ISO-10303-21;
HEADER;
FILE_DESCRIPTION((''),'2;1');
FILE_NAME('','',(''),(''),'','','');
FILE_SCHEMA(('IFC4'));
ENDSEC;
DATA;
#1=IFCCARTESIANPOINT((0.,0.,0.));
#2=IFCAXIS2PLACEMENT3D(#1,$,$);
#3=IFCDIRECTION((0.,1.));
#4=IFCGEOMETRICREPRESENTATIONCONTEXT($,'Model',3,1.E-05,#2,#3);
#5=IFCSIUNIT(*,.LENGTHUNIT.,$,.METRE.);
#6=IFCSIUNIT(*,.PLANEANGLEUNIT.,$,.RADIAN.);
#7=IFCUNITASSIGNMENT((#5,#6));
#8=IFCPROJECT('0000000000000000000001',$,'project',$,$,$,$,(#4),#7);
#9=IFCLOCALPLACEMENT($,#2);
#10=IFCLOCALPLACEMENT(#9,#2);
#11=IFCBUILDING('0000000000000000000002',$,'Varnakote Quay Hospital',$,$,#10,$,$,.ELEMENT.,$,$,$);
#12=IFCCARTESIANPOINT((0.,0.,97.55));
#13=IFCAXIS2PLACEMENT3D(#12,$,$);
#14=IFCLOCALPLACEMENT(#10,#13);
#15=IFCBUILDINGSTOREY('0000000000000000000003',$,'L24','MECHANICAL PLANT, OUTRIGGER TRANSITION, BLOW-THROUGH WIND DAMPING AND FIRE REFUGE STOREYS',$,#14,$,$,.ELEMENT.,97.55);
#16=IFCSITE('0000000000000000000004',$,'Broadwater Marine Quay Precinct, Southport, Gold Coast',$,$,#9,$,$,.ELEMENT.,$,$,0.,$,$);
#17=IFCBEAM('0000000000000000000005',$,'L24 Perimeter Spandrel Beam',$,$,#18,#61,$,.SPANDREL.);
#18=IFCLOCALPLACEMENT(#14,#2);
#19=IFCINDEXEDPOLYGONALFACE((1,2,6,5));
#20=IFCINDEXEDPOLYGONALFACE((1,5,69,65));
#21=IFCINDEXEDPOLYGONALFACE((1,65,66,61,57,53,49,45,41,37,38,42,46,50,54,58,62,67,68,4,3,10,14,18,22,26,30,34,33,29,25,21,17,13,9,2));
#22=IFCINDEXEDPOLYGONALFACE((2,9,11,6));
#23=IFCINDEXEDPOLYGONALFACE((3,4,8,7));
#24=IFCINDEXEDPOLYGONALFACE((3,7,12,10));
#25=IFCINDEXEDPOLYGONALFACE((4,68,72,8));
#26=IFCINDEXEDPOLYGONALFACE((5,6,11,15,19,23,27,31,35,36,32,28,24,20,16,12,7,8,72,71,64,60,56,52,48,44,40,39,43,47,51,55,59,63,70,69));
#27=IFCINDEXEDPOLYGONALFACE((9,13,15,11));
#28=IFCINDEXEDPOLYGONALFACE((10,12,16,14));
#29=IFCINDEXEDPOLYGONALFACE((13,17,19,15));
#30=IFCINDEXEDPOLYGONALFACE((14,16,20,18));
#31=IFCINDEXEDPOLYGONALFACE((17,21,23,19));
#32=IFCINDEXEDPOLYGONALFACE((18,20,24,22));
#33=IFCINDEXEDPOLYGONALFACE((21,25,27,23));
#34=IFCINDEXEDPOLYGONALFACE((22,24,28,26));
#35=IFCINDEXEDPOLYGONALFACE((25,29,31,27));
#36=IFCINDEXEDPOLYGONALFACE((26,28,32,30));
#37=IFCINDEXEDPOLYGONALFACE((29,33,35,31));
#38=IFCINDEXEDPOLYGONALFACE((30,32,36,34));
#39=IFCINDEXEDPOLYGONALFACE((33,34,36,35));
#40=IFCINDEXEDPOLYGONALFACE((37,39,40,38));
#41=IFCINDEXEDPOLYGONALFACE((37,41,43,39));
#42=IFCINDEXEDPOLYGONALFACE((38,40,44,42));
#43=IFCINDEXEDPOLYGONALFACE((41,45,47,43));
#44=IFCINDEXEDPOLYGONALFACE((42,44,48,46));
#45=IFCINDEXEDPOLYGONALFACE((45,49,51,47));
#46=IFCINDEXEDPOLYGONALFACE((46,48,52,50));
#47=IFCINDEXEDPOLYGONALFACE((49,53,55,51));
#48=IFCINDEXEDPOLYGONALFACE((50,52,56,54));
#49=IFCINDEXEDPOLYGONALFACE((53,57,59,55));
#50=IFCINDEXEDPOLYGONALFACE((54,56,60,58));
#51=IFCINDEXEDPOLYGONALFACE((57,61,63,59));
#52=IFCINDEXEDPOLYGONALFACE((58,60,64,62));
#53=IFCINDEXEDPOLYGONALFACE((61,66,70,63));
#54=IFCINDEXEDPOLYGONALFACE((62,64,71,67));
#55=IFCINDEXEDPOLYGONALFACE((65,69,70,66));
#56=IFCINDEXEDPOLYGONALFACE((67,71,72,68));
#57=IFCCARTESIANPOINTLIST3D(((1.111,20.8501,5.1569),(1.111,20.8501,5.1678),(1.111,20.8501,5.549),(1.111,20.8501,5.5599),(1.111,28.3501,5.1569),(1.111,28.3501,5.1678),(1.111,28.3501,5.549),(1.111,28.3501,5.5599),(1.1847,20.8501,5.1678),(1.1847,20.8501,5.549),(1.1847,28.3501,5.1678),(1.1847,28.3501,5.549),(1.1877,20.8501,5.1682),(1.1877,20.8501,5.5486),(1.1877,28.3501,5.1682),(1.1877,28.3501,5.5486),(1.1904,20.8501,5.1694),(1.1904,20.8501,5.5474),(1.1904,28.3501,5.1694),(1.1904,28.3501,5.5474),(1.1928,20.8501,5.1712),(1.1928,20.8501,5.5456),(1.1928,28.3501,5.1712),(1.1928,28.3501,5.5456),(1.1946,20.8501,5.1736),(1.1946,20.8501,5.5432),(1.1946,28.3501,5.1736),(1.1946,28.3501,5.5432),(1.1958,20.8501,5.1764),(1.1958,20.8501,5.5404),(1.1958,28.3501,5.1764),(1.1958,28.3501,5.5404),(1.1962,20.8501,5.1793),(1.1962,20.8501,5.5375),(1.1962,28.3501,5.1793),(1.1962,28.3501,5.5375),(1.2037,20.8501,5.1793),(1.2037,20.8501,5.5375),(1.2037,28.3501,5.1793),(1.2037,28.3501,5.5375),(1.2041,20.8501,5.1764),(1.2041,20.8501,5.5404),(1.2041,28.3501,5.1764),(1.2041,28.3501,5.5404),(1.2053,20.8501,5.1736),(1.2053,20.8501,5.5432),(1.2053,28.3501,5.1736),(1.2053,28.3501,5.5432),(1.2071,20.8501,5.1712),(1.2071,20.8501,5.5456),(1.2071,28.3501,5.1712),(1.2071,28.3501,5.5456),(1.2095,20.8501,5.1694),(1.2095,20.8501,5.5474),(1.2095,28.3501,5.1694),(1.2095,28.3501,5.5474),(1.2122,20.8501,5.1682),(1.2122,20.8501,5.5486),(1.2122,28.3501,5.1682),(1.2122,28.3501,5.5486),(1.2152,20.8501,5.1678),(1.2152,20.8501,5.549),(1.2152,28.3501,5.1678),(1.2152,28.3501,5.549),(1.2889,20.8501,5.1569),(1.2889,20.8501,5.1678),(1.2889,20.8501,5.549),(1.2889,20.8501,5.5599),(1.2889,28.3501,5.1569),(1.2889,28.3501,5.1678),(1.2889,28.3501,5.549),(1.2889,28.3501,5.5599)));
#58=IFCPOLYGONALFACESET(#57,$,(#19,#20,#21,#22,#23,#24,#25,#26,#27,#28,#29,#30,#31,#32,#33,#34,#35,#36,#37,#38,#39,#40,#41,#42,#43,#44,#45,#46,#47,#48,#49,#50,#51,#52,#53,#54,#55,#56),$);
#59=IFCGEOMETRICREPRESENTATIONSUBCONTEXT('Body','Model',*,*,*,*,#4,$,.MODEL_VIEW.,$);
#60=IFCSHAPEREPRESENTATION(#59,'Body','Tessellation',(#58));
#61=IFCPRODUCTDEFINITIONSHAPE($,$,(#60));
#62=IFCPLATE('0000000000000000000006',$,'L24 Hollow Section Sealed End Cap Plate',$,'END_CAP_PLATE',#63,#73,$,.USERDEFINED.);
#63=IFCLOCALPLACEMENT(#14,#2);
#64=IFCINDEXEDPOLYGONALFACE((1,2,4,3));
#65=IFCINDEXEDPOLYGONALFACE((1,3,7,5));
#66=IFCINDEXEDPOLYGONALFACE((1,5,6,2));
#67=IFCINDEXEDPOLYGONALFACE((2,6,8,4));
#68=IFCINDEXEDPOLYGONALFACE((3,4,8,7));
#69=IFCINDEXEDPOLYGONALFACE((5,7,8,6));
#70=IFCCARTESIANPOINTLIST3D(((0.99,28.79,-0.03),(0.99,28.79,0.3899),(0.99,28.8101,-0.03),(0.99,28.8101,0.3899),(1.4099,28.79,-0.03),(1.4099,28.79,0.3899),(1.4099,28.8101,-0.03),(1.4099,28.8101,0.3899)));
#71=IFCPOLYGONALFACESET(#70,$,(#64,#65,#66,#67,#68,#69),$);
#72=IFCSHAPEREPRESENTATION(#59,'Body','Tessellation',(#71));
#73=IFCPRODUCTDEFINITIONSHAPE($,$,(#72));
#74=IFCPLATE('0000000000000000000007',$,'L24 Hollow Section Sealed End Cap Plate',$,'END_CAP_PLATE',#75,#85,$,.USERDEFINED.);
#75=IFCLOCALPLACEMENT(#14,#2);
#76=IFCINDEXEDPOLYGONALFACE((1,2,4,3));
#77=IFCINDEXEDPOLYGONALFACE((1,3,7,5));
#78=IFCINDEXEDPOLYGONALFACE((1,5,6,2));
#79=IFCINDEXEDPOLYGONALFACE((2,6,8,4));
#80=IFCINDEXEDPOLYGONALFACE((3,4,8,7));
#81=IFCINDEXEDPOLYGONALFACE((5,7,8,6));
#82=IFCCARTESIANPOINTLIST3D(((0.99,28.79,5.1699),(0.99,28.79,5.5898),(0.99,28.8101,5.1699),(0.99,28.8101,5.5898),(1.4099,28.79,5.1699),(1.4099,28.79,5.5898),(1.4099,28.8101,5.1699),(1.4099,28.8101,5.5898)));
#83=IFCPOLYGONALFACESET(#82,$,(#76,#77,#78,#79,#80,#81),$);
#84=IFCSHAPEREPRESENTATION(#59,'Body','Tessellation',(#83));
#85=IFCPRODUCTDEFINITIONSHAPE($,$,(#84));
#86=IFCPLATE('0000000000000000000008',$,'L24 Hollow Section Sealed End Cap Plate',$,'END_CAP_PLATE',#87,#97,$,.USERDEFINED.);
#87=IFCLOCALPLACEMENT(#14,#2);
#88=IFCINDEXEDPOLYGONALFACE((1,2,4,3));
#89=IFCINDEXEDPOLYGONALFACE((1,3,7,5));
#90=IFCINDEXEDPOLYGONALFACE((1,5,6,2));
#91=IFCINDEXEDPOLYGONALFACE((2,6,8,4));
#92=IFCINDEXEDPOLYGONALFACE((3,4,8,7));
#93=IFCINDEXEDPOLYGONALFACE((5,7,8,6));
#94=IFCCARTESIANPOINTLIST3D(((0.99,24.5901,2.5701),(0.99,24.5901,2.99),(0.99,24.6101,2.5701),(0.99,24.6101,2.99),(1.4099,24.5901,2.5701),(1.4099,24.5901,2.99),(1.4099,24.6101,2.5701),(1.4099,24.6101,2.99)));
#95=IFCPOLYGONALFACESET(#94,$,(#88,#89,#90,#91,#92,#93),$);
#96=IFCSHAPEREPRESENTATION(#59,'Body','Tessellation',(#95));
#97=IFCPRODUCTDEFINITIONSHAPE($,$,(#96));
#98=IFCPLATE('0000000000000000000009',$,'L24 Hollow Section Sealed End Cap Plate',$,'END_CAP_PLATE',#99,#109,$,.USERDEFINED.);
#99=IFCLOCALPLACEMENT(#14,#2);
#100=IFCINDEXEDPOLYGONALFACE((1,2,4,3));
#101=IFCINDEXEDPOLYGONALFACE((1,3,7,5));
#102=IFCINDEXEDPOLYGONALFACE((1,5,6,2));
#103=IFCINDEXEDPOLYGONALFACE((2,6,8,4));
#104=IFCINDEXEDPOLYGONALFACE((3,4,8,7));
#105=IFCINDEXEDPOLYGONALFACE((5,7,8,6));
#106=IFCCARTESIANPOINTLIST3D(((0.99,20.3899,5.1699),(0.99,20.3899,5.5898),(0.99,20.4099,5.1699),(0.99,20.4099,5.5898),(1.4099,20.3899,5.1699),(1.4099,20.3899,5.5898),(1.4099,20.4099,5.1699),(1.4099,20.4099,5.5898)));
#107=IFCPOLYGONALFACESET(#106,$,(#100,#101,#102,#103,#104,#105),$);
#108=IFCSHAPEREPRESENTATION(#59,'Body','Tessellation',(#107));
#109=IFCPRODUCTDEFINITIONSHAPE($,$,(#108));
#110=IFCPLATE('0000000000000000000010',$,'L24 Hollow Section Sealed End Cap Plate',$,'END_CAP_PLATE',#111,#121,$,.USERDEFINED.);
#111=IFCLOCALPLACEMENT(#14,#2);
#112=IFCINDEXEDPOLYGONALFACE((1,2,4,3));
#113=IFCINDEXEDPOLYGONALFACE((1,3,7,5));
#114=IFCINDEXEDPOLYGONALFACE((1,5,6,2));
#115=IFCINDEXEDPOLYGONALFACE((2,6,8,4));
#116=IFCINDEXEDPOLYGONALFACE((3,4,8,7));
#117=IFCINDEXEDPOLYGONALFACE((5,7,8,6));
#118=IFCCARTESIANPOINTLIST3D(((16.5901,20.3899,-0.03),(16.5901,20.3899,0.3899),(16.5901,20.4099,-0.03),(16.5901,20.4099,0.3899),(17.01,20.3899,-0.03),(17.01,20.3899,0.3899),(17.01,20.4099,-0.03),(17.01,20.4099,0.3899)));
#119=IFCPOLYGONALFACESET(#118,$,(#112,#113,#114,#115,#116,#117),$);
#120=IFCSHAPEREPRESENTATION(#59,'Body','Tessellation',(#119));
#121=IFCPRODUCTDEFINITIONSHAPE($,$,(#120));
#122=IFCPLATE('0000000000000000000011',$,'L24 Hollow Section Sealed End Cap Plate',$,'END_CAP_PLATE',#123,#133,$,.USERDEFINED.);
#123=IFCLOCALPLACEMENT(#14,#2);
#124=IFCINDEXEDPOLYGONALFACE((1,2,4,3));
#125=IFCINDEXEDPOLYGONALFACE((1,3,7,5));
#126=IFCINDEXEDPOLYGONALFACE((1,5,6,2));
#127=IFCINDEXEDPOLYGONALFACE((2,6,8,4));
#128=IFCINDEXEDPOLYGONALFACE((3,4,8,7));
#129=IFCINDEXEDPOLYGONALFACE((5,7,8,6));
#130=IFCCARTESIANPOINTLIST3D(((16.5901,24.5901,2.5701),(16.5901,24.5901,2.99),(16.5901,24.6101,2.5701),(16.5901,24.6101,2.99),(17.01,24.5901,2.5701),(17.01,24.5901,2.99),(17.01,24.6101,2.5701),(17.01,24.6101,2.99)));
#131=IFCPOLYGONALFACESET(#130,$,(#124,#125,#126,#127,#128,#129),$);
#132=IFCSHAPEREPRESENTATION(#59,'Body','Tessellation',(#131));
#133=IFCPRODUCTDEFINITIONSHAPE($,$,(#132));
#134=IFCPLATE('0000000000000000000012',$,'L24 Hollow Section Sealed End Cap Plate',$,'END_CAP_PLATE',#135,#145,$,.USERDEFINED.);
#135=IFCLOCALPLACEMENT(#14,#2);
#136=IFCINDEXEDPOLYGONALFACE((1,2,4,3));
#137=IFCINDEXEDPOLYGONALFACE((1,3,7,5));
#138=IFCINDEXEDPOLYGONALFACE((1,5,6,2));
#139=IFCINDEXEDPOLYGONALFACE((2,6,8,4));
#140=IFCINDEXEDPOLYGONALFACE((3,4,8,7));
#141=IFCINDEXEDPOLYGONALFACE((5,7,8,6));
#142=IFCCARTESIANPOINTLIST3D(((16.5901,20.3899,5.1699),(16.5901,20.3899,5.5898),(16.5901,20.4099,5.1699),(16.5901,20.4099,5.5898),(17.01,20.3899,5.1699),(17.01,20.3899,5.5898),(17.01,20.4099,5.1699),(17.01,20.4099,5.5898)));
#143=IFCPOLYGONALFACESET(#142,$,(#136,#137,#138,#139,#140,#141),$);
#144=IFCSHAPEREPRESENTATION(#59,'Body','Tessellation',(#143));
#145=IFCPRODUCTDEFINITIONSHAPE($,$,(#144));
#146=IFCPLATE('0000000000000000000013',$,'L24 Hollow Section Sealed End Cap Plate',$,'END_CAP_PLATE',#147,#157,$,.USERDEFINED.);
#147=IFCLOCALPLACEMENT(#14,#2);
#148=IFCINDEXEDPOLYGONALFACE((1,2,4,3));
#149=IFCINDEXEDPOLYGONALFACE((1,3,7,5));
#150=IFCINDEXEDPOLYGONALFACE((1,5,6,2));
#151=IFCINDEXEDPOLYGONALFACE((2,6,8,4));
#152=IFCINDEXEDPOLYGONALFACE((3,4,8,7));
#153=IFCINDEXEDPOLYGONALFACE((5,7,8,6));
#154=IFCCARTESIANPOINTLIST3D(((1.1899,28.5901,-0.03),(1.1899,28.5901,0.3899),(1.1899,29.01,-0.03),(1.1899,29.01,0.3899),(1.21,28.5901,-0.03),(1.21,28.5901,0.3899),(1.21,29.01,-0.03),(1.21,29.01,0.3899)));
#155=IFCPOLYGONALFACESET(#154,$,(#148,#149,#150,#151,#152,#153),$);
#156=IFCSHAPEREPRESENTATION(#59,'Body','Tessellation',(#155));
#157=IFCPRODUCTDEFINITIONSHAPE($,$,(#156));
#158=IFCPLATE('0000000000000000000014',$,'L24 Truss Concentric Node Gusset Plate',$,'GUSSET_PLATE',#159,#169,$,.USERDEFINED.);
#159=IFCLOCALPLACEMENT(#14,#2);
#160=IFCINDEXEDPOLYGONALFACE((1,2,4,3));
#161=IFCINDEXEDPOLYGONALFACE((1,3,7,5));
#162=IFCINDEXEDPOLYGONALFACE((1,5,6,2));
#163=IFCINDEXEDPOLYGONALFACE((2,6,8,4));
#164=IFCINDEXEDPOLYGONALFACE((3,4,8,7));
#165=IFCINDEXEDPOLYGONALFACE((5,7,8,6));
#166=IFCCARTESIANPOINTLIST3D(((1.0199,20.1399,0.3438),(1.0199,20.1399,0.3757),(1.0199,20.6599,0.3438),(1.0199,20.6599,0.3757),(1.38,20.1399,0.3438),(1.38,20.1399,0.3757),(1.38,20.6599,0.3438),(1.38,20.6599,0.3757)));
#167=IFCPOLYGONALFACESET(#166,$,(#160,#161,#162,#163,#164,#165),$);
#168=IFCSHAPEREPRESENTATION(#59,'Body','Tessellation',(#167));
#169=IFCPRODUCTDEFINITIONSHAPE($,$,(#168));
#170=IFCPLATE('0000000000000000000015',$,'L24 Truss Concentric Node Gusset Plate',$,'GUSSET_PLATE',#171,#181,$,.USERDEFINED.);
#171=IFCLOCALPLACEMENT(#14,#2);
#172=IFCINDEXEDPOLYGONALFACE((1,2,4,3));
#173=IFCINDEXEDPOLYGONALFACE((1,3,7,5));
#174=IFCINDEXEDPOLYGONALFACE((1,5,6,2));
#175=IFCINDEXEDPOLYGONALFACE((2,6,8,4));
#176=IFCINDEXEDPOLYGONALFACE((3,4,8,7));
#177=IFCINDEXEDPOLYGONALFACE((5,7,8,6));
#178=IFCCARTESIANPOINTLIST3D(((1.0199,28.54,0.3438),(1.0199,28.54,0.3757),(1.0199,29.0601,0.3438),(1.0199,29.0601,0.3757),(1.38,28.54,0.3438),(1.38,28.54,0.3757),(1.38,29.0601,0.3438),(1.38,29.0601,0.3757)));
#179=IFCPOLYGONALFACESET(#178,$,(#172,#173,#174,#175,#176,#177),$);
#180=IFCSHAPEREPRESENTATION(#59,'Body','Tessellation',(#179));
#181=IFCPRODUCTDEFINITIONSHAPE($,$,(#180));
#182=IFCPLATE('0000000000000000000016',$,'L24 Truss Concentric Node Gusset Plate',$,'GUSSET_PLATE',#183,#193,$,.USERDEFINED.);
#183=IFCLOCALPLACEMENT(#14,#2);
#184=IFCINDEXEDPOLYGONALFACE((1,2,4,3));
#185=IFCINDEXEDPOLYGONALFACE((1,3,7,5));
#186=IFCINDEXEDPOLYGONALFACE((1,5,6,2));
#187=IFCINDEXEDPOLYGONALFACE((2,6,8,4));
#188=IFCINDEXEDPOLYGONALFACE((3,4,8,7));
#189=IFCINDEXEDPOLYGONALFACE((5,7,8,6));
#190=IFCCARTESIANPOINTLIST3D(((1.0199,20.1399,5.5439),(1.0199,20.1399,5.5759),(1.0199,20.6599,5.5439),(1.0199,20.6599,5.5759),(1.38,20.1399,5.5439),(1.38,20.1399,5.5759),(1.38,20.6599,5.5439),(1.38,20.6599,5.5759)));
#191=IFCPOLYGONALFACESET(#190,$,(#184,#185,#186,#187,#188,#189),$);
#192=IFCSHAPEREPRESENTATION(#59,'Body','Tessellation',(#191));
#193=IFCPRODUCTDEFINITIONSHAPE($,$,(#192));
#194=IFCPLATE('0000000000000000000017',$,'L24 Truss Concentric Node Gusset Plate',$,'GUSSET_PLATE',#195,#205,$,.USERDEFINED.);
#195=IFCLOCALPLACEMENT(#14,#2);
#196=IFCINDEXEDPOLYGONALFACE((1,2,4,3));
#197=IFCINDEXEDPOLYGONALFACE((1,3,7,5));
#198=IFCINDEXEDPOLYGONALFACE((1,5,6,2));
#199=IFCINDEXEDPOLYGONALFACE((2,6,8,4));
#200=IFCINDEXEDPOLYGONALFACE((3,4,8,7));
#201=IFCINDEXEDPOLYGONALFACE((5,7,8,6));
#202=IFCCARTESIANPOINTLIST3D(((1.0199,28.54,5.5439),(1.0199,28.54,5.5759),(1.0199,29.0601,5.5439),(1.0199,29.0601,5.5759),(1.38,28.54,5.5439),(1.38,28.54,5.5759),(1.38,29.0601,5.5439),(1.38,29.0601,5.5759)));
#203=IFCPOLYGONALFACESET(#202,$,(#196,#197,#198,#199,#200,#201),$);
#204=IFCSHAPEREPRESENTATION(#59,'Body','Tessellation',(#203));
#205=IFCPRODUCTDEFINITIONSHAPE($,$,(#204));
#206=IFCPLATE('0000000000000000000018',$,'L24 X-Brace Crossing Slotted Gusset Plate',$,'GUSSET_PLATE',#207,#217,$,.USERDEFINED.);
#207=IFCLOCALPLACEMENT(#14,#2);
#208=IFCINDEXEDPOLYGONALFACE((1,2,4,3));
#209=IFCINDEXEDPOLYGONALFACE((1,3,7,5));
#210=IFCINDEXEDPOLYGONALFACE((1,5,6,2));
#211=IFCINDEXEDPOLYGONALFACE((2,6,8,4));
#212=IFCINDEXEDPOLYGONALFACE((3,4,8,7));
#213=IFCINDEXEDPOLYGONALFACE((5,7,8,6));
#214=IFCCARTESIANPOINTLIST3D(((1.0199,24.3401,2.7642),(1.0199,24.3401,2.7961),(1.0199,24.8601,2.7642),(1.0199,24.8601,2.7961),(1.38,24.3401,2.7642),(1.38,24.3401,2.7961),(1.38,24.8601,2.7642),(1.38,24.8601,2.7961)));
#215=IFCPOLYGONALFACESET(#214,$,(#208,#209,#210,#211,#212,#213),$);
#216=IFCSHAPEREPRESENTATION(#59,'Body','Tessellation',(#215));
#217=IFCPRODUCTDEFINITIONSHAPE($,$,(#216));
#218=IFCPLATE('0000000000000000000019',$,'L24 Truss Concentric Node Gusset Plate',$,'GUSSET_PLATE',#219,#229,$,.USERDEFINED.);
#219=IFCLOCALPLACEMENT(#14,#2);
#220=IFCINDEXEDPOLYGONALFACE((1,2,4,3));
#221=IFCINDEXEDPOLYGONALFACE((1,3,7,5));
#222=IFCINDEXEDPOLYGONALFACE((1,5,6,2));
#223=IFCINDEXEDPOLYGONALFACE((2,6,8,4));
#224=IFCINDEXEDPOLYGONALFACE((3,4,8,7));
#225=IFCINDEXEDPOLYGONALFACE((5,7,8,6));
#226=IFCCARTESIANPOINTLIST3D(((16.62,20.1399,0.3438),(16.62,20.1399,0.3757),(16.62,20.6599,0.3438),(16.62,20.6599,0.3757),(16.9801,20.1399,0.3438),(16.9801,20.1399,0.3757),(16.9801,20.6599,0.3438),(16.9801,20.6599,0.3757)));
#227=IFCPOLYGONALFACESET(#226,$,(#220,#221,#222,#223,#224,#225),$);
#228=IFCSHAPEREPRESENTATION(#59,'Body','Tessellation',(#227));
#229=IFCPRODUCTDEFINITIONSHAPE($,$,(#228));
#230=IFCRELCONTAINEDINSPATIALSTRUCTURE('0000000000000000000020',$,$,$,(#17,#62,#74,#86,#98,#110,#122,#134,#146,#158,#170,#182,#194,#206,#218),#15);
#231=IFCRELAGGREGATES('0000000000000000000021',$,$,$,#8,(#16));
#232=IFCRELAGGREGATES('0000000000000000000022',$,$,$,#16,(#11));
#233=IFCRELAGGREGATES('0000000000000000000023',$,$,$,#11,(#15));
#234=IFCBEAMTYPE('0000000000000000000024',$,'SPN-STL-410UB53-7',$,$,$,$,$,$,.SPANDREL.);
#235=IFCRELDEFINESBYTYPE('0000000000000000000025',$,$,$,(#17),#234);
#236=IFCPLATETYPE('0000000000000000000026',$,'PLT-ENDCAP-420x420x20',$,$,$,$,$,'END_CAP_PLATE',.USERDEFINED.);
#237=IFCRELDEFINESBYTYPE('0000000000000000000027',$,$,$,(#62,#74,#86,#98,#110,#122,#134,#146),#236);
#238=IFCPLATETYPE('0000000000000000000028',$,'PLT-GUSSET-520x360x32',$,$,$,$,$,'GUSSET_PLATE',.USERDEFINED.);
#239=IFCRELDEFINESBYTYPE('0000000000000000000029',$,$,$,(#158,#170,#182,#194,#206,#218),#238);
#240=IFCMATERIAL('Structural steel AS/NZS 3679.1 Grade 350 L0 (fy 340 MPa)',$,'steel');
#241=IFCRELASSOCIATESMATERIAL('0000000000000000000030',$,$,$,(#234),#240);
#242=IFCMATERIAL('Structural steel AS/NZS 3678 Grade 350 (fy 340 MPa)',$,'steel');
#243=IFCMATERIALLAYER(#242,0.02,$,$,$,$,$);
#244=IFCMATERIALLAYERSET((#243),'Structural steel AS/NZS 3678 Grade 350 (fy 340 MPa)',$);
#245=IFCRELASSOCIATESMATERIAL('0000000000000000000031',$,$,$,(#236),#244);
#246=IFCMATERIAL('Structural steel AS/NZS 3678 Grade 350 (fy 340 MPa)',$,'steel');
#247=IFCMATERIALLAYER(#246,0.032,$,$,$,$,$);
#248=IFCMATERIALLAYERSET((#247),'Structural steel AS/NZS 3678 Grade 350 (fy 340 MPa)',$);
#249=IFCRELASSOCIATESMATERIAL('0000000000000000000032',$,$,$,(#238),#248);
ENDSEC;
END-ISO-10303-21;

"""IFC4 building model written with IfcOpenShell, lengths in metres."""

from ifc_helpers import new_model, si_unit, direction, frame, origin, origin_2d, place, context, subcontext, project, spatial, rectangle, i_section, extrude, material, layer, layer_set, material_profile, profile_set, type_object, element, save


model = new_model("IFC4")

# Units and contexts
model_context = context("Model", 3, precision=1e-05, world=origin(), true_north=direction((0.0, 1.0)))
body_context = subcontext(model_context, "Body", "Model", "MODEL_VIEW")
ifc_project = project(units=[si_unit("LENGTHUNIT", "METRE"), si_unit("PLANEANGLEUNIT", "RADIAN")], contexts=[model_context])

# Site, building, storey
site_placement = place(None, origin())
site = spatial("IfcSite", under=ifc_project, at=site_placement, Name="Broadwater Marine Quay Precinct, Southport, Gold Coast", CompositionType="ELEMENT", RefElevation=0.0)
building_placement = place(site_placement, origin())
building = spatial("IfcBuilding", under=site, at=building_placement, Name="Varnakote Quay Hospital", CompositionType="ELEMENT")
storey_placement = place(building_placement, frame((0.0, 0.0, 97.55)))
storey = spatial("IfcBuildingStorey", under=building, at=storey_placement, Name="L24", Description="MECHANICAL PLANT, OUTRIGGER TRANSITION, BLOW-THROUGH WIND DAMPING AND FIRE REFUGE STOREYS", CompositionType="ELEMENT", Elevation=97.55)

# Beam
ifc_material_1 = material(Name="Structural steel AS/NZS 3679.1 Grade 350 L0 (fy 340 MPa)", Category="steel")
ifc_material_profile_1 = material_profile(ifc_material_1, i_section(OverallWidth=0.178, OverallDepth=0.4031, WebThickness=0.0076, FlangeThickness=0.011, FilletRadius=0.0115, at=origin_2d()), Name="410UB53.7")
ifc_profile_set_1 = profile_set([ifc_material_profile_1], Name="Structural steel AS/NZS 3679.1 Grade 350 L0 (fy 340 MPa)")
beam_type_1 = type_object("IfcBeamType", Name="SPN-STL-410UB53-7", PredefinedType="SPANDREL", material=ifc_profile_set_1)
beam_1_placement = place(storey_placement, frame((1.2, 20.8501, 5.3584), z_axis=(0.0, 1.0, 0.0), x_axis=(-1.0, 0.0, 0.0)))
element("IfcBeam", 1, at=beam_1_placement, inside=storey, type_object=beam_type_1, Name="L24 Perimeter Spandrel Beam", PredefinedType="SPANDREL", context=body_context, shape_type="SweptSolid", body=[
    extrude(i_section(OverallWidth=0.178, OverallDepth=0.4031, WebThickness=0.0076, FlangeThickness=0.011, FilletRadius=0.0115, at=origin_2d()), origin(), (0.0, 0.0, 1.0), 7.5),
])

# Plates
ifc_material_2 = material(Name="Structural steel AS/NZS 3678 Grade 350 (fy 340 MPa)", Category="steel")
ifc_layer_1 = layer(ifc_material_2, 0.02)
ifc_layer_set_1 = layer_set([ifc_layer_1], Name="Structural steel AS/NZS 3678 Grade 350 (fy 340 MPa)")
plate_type_1 = type_object("IfcPlateType", Name="PLT-ENDCAP-420x420x20", ElementType="END_CAP_PLATE", PredefinedType="USERDEFINED", material=ifc_layer_set_1)
for number, where, z_axis, x_axis, name in (
    (2, (1.2, 28.8, -0.03), (0.0, 0.0, 1.0), (0.0, 1.0, 0.0), "L24 Hollow Section Sealed End Cap Plate"),
    (3, (1.2, 28.8, 5.1699), (0.0, 0.0, 1.0), (0.0, 1.0, 0.0), "L24 Hollow Section Sealed End Cap Plate"),
    (4, (1.2, 24.6001, 2.5701), (0.0, 0.0, 1.0), (0.0, 1.0, 0.0), "L24 Hollow Section Sealed End Cap Plate"),
    (5, (1.2, 20.3999, 5.1699), (0.0, 0.0, 1.0), (0.0, 1.0, 0.0), "L24 Hollow Section Sealed End Cap Plate"),
    (6, (16.8, 20.3999, -0.03), (0.0, 0.0, 1.0), (0.0, 1.0, 0.0), "L24 Hollow Section Sealed End Cap Plate"),
    (7, (16.8, 24.6001, 2.5701), (0.0, 0.0, 1.0), (0.0, 1.0, 0.0), "L24 Hollow Section Sealed End Cap Plate"),
    (8, (16.8, 20.3999, 5.1699), (0.0, 0.0, 1.0), (0.0, 1.0, 0.0), "L24 Hollow Section Sealed End Cap Plate"),
    (9, (1.2, 28.8, -0.03), (0.0, 0.0, 1.0), (1.0, 0.0, 0.0), "L24 Hollow Section Sealed End Cap Plate"),
):
    element("IfcPlate", number, at=place(storey_placement, frame(where, z_axis=z_axis, x_axis=x_axis)), inside=storey, type_object=plate_type_1, Name=name, ObjectType="END_CAP_PLATE", PredefinedType="USERDEFINED", context=body_context, shape_type="SweptSolid", body=[
        extrude(rectangle(XDim=0.02, YDim=0.4199, at=origin_2d()), origin(), (0.0, 0.0, 1.0), 0.4199),
    ])
ifc_material_3 = material(Name="Structural steel AS/NZS 3678 Grade 350 (fy 340 MPa)", Category="steel")
ifc_layer_2 = layer(ifc_material_3, 0.032)
ifc_layer_set_2 = layer_set([ifc_layer_2], Name="Structural steel AS/NZS 3678 Grade 350 (fy 340 MPa)")
plate_type_2 = type_object("IfcPlateType", Name="PLT-GUSSET-520x360x32", ElementType="GUSSET_PLATE", PredefinedType="USERDEFINED", material=ifc_layer_set_2)
for number, where, z_axis, x_axis, name in (
    (10, (1.2, 20.3999, 0.3438), (0.0, 0.0, 1.0), (0.0, 1.0, 0.0), "L24 Truss Concentric Node Gusset Plate"),
    (11, (1.2, 28.8, 0.3438), (0.0, 0.0, 1.0), (0.0, 1.0, 0.0), "L24 Truss Concentric Node Gusset Plate"),
    (12, (1.2, 20.3999, 5.5439), (0.0, 0.0, 1.0), (0.0, 1.0, 0.0), "L24 Truss Concentric Node Gusset Plate"),
    (13, (1.2, 28.8, 5.5439), (0.0, 0.0, 1.0), (0.0, 1.0, 0.0), "L24 Truss Concentric Node Gusset Plate"),
    (14, (1.2, 24.6001, 2.7642), (0.0, 0.0, 1.0), (0.0, 1.0, 0.0), "L24 X-Brace Crossing Slotted Gusset Plate"),
    (15, (16.8, 20.3999, 0.3438), (0.0, 0.0, 1.0), (0.0, 1.0, 0.0), "L24 Truss Concentric Node Gusset Plate"),
):
    element("IfcPlate", number, at=place(storey_placement, frame(where, z_axis=z_axis, x_axis=x_axis)), inside=storey, type_object=plate_type_2, Name=name, ObjectType="GUSSET_PLATE", PredefinedType="USERDEFINED", context=body_context, shape_type="SweptSolid", body=[
        extrude(rectangle(XDim=0.52, YDim=0.3601, at=origin_2d()), origin(), (0.0, 0.0, 1.0), 0.032),
    ])

save(model, "model.ifc")
